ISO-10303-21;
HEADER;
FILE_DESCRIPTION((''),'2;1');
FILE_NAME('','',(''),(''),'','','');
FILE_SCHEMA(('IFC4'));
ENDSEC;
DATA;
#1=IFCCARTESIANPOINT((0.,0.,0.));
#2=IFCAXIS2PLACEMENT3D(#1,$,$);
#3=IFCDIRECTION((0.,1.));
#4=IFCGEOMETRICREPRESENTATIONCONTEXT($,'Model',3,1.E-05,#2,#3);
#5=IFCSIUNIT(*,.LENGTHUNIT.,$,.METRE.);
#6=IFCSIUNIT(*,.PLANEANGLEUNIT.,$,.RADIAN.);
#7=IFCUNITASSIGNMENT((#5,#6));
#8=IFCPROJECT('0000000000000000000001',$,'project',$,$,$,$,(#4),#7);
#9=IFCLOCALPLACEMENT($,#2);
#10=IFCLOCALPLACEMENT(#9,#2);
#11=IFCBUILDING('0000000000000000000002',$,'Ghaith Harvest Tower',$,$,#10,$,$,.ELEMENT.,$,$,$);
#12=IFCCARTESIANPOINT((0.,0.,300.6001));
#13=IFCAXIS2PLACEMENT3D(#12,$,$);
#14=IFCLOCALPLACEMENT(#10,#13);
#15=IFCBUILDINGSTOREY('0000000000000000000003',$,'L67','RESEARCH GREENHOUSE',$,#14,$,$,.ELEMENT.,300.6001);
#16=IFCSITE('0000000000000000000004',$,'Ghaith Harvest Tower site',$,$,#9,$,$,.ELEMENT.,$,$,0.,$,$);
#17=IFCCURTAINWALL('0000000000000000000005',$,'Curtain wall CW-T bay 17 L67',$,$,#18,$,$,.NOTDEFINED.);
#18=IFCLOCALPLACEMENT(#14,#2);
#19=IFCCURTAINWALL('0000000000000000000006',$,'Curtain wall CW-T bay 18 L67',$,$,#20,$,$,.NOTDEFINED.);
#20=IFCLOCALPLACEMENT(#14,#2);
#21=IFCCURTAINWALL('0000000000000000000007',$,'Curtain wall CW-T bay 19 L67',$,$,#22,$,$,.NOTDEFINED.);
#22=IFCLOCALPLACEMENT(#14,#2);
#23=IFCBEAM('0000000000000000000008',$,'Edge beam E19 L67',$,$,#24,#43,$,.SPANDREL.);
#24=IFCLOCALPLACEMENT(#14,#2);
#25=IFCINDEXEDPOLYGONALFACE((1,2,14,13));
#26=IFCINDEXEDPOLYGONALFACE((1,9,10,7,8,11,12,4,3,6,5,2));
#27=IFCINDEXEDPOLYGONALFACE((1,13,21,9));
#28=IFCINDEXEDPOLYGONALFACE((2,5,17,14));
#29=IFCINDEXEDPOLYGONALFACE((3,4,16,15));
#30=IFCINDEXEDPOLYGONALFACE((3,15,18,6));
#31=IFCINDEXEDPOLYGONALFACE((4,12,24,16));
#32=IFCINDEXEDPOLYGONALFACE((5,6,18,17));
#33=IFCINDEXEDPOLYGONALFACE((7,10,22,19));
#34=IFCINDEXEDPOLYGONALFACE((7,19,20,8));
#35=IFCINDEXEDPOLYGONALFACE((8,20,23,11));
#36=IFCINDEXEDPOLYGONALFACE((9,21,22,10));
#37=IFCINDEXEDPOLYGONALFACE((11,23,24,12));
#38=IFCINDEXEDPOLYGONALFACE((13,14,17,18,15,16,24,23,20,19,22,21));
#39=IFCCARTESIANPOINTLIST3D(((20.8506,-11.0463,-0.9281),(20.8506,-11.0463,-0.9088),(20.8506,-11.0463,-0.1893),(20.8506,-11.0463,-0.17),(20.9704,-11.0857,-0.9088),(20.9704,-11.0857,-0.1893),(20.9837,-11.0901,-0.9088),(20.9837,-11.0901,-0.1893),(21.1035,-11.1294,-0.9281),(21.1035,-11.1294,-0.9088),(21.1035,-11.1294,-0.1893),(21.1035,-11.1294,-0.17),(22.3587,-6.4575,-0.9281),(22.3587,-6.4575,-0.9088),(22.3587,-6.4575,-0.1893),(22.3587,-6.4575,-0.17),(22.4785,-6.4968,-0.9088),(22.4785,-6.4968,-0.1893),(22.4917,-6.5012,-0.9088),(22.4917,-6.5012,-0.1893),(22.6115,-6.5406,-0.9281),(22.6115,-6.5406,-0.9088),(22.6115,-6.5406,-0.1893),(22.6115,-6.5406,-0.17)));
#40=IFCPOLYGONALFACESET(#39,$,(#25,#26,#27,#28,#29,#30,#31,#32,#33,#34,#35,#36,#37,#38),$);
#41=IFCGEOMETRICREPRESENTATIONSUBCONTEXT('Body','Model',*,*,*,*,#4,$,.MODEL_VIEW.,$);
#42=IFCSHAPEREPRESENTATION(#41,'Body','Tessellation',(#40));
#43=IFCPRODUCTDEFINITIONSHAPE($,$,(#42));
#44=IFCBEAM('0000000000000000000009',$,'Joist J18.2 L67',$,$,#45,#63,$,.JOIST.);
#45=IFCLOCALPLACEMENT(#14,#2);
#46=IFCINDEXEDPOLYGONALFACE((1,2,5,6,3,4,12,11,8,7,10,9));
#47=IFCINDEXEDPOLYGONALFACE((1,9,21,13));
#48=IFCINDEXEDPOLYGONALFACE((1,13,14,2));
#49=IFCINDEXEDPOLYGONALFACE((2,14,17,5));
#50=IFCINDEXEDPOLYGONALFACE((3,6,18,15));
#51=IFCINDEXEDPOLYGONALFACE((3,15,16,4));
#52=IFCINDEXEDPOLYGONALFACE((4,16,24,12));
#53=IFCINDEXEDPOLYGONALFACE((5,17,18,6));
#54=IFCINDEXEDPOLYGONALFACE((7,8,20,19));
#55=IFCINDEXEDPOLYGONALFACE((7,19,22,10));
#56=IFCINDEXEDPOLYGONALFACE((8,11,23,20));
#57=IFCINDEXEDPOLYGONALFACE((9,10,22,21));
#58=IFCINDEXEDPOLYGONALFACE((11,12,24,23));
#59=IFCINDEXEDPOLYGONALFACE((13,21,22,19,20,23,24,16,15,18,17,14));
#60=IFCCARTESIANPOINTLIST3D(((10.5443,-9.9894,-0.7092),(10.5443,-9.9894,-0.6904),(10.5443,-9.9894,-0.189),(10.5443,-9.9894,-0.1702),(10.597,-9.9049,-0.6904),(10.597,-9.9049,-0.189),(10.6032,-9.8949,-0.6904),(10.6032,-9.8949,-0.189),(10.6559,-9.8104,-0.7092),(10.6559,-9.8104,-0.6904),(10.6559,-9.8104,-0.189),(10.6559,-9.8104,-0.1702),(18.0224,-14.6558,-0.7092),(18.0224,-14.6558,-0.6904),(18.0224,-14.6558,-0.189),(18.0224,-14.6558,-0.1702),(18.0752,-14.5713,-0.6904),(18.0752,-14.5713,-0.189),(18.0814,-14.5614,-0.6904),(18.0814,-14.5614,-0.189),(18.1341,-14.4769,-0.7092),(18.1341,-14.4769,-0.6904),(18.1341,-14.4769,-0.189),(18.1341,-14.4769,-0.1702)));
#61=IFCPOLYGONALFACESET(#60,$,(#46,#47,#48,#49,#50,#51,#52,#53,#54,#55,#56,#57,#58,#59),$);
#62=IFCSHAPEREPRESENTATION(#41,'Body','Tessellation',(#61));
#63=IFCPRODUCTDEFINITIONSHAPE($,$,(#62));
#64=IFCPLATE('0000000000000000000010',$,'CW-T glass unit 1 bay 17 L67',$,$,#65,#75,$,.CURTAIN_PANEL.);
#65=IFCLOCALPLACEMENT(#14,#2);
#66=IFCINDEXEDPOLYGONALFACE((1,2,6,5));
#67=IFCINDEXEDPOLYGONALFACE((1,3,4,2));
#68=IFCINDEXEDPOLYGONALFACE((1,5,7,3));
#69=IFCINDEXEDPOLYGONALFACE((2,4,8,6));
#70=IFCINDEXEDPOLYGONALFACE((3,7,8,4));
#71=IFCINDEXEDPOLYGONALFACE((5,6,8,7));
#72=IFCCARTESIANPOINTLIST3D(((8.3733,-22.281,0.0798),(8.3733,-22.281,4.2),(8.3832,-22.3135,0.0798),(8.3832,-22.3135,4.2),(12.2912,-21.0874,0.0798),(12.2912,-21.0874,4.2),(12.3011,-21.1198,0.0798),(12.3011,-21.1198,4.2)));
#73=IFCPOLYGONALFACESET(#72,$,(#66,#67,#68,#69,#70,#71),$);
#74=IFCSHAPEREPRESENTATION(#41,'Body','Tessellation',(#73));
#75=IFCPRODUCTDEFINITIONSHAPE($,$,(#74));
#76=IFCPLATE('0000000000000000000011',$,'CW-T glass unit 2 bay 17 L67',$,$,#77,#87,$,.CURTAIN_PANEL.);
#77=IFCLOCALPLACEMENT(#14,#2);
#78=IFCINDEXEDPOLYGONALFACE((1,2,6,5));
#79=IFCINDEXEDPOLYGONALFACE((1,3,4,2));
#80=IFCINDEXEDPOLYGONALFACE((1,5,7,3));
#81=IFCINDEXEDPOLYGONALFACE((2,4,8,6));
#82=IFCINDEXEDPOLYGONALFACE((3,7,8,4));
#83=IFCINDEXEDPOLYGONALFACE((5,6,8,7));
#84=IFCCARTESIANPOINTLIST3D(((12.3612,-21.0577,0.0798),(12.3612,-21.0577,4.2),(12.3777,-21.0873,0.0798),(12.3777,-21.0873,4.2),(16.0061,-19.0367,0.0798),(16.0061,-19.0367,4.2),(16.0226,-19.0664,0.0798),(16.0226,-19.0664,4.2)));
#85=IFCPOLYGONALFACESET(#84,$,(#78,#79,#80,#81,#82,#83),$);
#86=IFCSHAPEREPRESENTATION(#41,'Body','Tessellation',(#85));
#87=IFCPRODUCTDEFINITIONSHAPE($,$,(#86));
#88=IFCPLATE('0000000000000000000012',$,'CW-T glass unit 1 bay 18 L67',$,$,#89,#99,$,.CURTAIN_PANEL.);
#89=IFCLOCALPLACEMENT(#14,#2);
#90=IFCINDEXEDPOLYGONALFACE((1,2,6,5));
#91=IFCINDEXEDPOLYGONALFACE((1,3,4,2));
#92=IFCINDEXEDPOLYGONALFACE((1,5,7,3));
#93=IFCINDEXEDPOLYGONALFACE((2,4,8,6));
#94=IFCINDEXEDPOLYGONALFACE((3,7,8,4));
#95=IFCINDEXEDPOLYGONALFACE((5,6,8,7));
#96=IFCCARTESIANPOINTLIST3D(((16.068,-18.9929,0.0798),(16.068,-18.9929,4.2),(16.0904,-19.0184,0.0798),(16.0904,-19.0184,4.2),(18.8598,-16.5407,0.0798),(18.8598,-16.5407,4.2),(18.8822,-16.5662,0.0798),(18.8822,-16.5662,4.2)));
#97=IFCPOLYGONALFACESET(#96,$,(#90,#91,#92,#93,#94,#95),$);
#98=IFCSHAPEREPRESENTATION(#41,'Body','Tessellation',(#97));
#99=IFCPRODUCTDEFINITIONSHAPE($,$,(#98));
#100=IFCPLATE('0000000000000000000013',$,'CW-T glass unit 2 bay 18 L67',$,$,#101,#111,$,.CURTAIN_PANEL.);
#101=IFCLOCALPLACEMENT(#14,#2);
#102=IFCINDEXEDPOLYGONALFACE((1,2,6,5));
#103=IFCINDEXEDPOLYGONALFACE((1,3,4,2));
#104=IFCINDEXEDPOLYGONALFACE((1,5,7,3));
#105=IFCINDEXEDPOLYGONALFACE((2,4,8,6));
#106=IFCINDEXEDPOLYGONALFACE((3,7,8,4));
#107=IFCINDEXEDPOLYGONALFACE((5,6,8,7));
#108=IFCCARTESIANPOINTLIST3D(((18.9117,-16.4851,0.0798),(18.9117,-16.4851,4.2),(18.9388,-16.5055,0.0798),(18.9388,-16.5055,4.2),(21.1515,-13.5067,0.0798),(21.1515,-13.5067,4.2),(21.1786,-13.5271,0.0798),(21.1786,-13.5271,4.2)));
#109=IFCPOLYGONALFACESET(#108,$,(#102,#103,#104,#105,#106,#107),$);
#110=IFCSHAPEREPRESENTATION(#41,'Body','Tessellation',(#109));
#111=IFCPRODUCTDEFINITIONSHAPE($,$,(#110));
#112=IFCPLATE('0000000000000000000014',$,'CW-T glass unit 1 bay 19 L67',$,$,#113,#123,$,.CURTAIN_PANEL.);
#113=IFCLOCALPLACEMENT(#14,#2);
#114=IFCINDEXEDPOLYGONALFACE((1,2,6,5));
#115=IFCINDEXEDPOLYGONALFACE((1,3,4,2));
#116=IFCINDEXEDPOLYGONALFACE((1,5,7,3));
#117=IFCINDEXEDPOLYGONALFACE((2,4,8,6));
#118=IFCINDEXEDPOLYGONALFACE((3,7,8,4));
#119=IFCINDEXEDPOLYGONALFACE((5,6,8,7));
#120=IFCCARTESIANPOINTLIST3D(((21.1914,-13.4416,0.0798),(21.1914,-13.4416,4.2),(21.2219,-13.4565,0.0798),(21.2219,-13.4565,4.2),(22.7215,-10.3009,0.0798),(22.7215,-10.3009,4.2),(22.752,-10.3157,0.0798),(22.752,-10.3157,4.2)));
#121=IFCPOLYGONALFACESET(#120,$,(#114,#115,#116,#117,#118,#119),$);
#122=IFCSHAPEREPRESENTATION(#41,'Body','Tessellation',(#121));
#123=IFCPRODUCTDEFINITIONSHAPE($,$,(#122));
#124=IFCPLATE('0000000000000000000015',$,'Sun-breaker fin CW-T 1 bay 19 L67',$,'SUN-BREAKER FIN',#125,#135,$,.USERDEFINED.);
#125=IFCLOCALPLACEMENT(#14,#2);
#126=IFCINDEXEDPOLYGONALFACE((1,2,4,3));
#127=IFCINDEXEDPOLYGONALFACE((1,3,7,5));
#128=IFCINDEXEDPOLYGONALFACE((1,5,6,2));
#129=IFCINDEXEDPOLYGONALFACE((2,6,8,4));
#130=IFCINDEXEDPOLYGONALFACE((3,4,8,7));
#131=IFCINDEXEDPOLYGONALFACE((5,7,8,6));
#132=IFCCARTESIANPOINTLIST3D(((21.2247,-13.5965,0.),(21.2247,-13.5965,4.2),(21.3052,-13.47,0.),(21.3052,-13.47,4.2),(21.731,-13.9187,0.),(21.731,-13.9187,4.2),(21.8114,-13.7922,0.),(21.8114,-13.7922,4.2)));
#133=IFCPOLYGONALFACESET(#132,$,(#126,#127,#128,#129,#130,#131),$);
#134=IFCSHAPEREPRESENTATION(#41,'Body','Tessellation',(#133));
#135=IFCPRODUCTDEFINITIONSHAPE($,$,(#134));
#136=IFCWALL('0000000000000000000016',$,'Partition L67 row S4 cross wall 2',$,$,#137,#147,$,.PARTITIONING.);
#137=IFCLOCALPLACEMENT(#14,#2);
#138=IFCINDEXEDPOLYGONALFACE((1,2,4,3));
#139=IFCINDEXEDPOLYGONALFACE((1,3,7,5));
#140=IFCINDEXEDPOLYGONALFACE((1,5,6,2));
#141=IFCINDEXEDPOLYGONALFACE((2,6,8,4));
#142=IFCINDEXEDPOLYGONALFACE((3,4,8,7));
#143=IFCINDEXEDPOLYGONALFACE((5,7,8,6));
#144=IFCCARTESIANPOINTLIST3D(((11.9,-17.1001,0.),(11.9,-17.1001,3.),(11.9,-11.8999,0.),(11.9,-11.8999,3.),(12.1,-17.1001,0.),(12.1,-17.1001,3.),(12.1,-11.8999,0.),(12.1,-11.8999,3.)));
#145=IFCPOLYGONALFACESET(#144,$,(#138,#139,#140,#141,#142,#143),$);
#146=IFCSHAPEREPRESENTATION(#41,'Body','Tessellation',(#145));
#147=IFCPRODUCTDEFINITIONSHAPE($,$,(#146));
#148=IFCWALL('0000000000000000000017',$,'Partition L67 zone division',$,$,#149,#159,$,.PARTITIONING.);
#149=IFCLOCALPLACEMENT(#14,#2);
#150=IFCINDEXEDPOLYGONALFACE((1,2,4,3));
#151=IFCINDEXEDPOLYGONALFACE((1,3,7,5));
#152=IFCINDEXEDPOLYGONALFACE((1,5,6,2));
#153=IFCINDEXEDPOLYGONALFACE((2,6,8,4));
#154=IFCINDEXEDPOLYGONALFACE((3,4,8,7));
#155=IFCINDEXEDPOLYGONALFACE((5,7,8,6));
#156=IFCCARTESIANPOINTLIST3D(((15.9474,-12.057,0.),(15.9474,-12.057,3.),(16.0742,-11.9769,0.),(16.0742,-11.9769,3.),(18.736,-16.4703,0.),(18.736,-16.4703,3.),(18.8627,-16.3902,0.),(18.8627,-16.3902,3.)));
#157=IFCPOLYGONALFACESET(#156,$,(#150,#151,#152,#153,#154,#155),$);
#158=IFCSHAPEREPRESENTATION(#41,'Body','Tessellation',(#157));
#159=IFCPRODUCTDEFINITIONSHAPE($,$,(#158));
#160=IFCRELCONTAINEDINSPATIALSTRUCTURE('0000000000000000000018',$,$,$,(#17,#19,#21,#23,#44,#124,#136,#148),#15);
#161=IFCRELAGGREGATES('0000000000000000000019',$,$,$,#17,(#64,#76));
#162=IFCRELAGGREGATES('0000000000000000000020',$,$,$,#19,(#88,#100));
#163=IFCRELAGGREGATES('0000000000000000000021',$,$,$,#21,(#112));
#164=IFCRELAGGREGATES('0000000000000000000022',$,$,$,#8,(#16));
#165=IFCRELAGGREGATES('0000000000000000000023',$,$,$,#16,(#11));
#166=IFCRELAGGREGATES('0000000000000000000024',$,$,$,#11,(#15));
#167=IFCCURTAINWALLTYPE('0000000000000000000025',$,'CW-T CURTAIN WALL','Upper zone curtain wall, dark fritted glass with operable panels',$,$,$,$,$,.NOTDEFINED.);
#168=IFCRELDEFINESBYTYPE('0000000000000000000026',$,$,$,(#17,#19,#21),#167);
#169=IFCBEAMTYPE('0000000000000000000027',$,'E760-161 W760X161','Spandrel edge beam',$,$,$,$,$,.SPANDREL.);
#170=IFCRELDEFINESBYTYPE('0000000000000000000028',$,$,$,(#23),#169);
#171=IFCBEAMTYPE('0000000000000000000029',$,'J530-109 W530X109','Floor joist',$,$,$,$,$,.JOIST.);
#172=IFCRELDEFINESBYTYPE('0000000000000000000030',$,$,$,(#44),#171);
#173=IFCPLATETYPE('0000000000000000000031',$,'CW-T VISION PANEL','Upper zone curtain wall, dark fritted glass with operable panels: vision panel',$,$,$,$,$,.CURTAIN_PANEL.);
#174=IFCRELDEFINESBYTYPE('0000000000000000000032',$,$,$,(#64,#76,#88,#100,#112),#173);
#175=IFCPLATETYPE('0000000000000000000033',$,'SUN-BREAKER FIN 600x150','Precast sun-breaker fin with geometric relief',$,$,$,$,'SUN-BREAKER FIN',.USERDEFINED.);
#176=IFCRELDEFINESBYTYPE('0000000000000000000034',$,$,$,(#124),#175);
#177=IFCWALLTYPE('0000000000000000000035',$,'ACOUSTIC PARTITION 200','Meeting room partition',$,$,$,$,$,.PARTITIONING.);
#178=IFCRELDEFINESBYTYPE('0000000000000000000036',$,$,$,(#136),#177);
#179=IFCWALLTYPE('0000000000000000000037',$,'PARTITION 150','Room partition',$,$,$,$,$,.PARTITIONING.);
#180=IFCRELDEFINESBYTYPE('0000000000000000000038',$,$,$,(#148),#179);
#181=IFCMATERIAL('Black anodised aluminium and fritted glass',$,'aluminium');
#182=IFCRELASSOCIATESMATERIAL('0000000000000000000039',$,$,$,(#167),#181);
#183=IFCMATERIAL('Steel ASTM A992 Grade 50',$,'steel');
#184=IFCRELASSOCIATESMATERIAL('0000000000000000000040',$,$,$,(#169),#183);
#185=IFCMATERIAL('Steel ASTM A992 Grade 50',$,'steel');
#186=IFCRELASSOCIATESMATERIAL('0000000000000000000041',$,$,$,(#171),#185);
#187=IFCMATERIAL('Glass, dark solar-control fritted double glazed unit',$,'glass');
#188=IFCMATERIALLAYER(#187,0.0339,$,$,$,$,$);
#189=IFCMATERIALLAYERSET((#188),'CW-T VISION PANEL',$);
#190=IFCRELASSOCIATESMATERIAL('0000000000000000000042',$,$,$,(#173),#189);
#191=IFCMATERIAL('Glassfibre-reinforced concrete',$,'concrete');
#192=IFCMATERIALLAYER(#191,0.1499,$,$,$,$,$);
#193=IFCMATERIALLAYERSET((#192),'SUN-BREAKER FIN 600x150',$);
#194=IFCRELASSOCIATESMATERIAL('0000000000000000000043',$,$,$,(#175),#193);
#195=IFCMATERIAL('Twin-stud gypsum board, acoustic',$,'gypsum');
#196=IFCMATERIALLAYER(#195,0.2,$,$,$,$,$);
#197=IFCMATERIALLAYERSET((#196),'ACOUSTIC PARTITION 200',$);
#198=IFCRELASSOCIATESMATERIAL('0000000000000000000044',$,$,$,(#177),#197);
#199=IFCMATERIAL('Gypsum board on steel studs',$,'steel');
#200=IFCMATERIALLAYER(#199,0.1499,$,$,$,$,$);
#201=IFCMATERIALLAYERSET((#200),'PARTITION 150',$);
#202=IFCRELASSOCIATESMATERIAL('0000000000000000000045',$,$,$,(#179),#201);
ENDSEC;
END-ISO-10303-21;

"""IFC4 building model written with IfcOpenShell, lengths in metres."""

from ifc_helpers import new_model, si_unit, direction, frame, frame_2d, origin, origin_2d, place, context, subcontext, project, spatial, rectangle, i_section, extrude, material, layer, layer_set, material_profile, profile_set, type_object, element, aggregate, save


model = new_model("IFC4")

# Units and contexts
model_context = context("Model", 3, precision=1e-05, world=origin(), true_north=direction((0.0, 1.0)))
body_context = subcontext(model_context, "Body", "Model", "MODEL_VIEW")
ifc_project = project(units=[si_unit("LENGTHUNIT", "METRE"), si_unit("PLANEANGLEUNIT", "RADIAN")], contexts=[model_context])

# Site, building, storey
site_placement = place(None, origin())
site = spatial("IfcSite", under=ifc_project, at=site_placement, Name="Ghaith Harvest Tower site", CompositionType="ELEMENT", RefElevation=0.0)
building_placement = place(site_placement, origin())
building = spatial("IfcBuilding", under=site, at=building_placement, Name="Ghaith Harvest Tower", CompositionType="ELEMENT")
storey_placement = place(building_placement, frame((0.0, 0.0, 300.6001)))
storey = spatial("IfcBuildingStorey", under=building, at=storey_placement, Name="L67", Description="RESEARCH GREENHOUSE", CompositionType="ELEMENT", Elevation=300.6001)

# Curtain wall
ifc_material_1 = material(Name="Black anodised aluminium and fritted glass", Category="aluminium")
curtain_wall_type = type_object("IfcCurtainWallType", Name="CW-T CURTAIN WALL", Description="Upper zone curtain wall, dark fritted glass with operable panels", PredefinedType="NOTDEFINED", material=ifc_material_1)
curtain_wall_1_placement = place(storey_placement, origin())
curtain_wall_1 = element("IfcCurtainWall", 1, at=curtain_wall_1_placement, inside=storey, type_object=curtain_wall_type, Name="Curtain wall CW-T bay 17 L67", PredefinedType="NOTDEFINED")

# Curtain walls
curtain_wall_2_placement = place(storey_placement, origin())
curtain_wall_2 = element("IfcCurtainWall", 2, at=curtain_wall_2_placement, inside=storey, type_object=curtain_wall_type, Name="Curtain wall CW-T bay 18 L67", PredefinedType="NOTDEFINED")
curtain_wall_3_placement = place(storey_placement, origin())
curtain_wall_3 = element("IfcCurtainWall", 3, at=curtain_wall_3_placement, inside=storey, type_object=curtain_wall_type, Name="Curtain wall CW-T bay 19 L67", PredefinedType="NOTDEFINED")

# Beams
ifc_material_2 = material(Name="Steel ASTM A992 Grade 50", Category="steel")
ifc_material_profile_1 = material_profile(ifc_material_2, i_section(OverallWidth=0.2661, OverallDepth=0.7581, WebThickness=0.0139, FlangeThickness=0.0193, at=origin_2d()), Name="W760X161")
ifc_profile_set_1 = profile_set([ifc_material_profile_1], Name="Steel ASTM A992 Grade 50")
beam_type_1 = type_object("IfcBeamType", Name="E760-161 W760X161", Description="Spandrel edge beam", PredefinedType="SPANDREL", material=ifc_profile_set_1)
beam_1_placement = place(storey_placement, frame((20.9771, -11.0879, -0.5491), z_axis=(0.312207, 0.950014, 0.0), x_axis=(-0.950014, 0.312207, 0.0)))
element("IfcBeam", 4, at=beam_1_placement, inside=storey, type_object=beam_type_1, Name="Edge beam E19 L67", PredefinedType="SPANDREL", context=body_context, shape_type="SweptSolid", body=[
    extrude(i_section(OverallWidth=0.2661, OverallDepth=0.7581, WebThickness=0.0139, FlangeThickness=0.0193, at=origin_2d()), origin(), (0.0, 0.0, 1.0), 4.8303),
])
ifc_material_3 = material(Name="Steel ASTM A992 Grade 50", Category="steel")
ifc_material_profile_2 = material_profile(ifc_material_3, i_section(OverallWidth=0.2109, OverallDepth=0.5391, WebThickness=0.0117, FlangeThickness=0.0188, at=origin_2d()), Name="W530X109")
ifc_profile_set_2 = profile_set([ifc_material_profile_2], Name="Steel ASTM A992 Grade 50")
beam_type_2 = type_object("IfcBeamType", Name="J530-109 W530X109", Description="Floor joist", PredefinedType="JOIST", material=ifc_profile_set_2)
beam_2_placement = place(storey_placement, frame((10.6001, -9.8999, -0.4397), z_axis=(0.848376, -0.529394, 0.0), x_axis=(0.529394, 0.848376, 0.0)))
element("IfcBeam", 5, at=beam_2_placement, inside=storey, type_object=beam_type_2, Name="Joist J18.2 L67", PredefinedType="JOIST", context=body_context, shape_type="SweptSolid", body=[
    extrude(i_section(OverallWidth=0.2109, OverallDepth=0.5391, WebThickness=0.0117, FlangeThickness=0.0188, at=origin_2d()), origin(), (0.0, 0.0, 1.0), 8.8147),
])

# Plates
ifc_material_4 = material(Name="Glass, dark solar-control fritted double glazed unit", Category="glass")
ifc_layer_1 = layer(ifc_material_4, 0.0339)
ifc_layer_set_1 = layer_set([ifc_layer_1], Name="CW-T VISION PANEL")
plate_type_1 = type_object("IfcPlateType", Name="CW-T VISION PANEL", Description="Upper zone curtain wall, dark fritted glass with operable panels: vision panel", PredefinedType="CURTAIN_PANEL", material=ifc_layer_set_1)
plate_1_placement = place(storey_placement, frame((10.3372, -21.7004, 0.0798), z_axis=(0.0, 0.0, 1.0), x_axis=(0.956588, 0.291445, 0.0)))
plate_1 = element("IfcPlate", 6, at=plate_1_placement, type_object=plate_type_1, Name="CW-T glass unit 1 bay 17 L67", PredefinedType="CURTAIN_PANEL", context=body_context, shape_type="SweptSolid", body=[
    extrude(rectangle(XDim=4.0957, YDim=0.0339, at=origin_2d()), origin(), (0.0, 0.0, 1.0), 4.1201),
])
plate_2_placement = place(storey_placement, frame((14.1919, -20.062, 0.0798), z_axis=(0.0, 0.0, 1.0), x_axis=(0.874564, 0.48491, 0.0)))
plate_2 = element("IfcPlate", 7, at=plate_2_placement, type_object=plate_type_1, Name="CW-T glass unit 2 bay 17 L67", PredefinedType="CURTAIN_PANEL", context=body_context, shape_type="SweptSolid", body=[
    extrude(rectangle(XDim=4.1677, YDim=0.0339, at=origin_2d()), origin(), (0.0, 0.0, 1.0), 4.1201),
])
aggregate(curtain_wall_1, [plate_1, plate_2])
plate_3_placement = place(storey_placement, frame((17.4751, -17.7795, 0.0798), z_axis=(0.0, 0.0, 1.0), x_axis=(0.751335, 0.659922, 0.0)))
plate_3 = element("IfcPlate", 8, at=plate_3_placement, type_object=plate_type_1, Name="CW-T glass unit 1 bay 18 L67", PredefinedType="CURTAIN_PANEL", context=body_context, shape_type="SweptSolid", body=[
    extrude(rectangle(XDim=3.7158, YDim=0.0339, at=origin_2d()), origin(), (0.0, 0.0, 1.0), 4.1201),
])
plate_4_placement = place(storey_placement, frame((20.0452, -15.0061, 0.0798), z_axis=(0.0, 0.0, 1.0), x_axis=(0.601048, 0.799213, 0.0)))
plate_4 = element("IfcPlate", 9, at=plate_4_placement, type_object=plate_type_1, Name="CW-T glass unit 2 bay 18 L67", PredefinedType="CURTAIN_PANEL", context=body_context, shape_type="SweptSolid", body=[
    extrude(rectangle(XDim=3.7266, YDim=0.0339, at=origin_2d()), origin(), (0.0, 0.0, 1.0), 4.1201),
])
aggregate(curtain_wall_2, [plate_3, plate_4])
plate_5_placement = place(storey_placement, frame((21.9717, -11.8787, 0.0798), z_axis=(0.0, 0.0, 1.0), x_axis=(0.437968, 0.89899, 0.0)))
plate_5 = element("IfcPlate", 10, at=plate_5_placement, type_object=plate_type_1, Name="CW-T glass unit 1 bay 19 L67", PredefinedType="CURTAIN_PANEL", context=body_context, shape_type="SweptSolid", body=[
    extrude(rectangle(XDim=3.4937, YDim=0.0339, at=origin_2d()), origin(), (0.0, 0.0, 1.0), 4.1201),
])
aggregate(curtain_wall_3, [plate_5])
ifc_material_5 = material(Name="Glassfibre-reinforced concrete", Category="concrete")
ifc_layer_2 = layer(ifc_material_5, 0.1499)
ifc_layer_set_2 = layer_set([ifc_layer_2], Name="SUN-BREAKER FIN 600x150")
plate_type_2 = type_object("IfcPlateType", Name="SUN-BREAKER FIN 600x150", Description="Precast sun-breaker fin with geometric relief", ElementType="SUN-BREAKER FIN", PredefinedType="USERDEFINED", material=ifc_layer_set_2)
plate_6_placement = place(storey_placement, frame((21.5181, -13.6943, 0.0), z_axis=(0.0, 0.0, 1.0), x_axis=(0.843644, -0.536903, 0.0)))
element("IfcPlate", 11, at=plate_6_placement, inside=storey, type_object=plate_type_2, Name="Sun-breaker fin CW-T 1 bay 19 L67", ObjectType="SUN-BREAKER FIN", PredefinedType="USERDEFINED", context=body_context, shape_type="SweptSolid", body=[
    extrude(rectangle(XDim=0.6001, YDim=0.1499, at=origin_2d()), origin(), (0.0, 0.0, 1.0), 4.2),
])

# Walls
ifc_material_6 = material(Name="Twin-stud gypsum board, acoustic", Category="gypsum")
ifc_layer_3 = layer(ifc_material_6, 0.2)
ifc_layer_set_3 = layer_set([ifc_layer_3], Name="ACOUSTIC PARTITION 200")
wall_type_1 = type_object("IfcWallType", Name="ACOUSTIC PARTITION 200", Description="Meeting room partition", PredefinedType="PARTITIONING", material=ifc_layer_set_3)
wall_1_placement = place(storey_placement, frame((12.0, -11.8999, 0.0), z_axis=(0.0, 0.0, 1.0), x_axis=(0.0, -1.0, 0.0)))
element("IfcWall", 12, at=wall_1_placement, inside=storey, type_object=wall_type_1, Name="Partition L67 row S4 cross wall 2", PredefinedType="PARTITIONING", context=body_context, shape_type="SweptSolid", body=[
    extrude(rectangle(XDim=5.2002, YDim=0.2, at=frame_2d((2.6001, 0.0))), origin(), (0.0, 0.0, 1.0), 3.0),
])
ifc_material_7 = material(Name="Gypsum board on steel studs", Category="steel")
ifc_layer_4 = layer(ifc_material_7, 0.1499)
ifc_layer_set_4 = layer_set([ifc_layer_4], Name="PARTITION 150")
wall_type_2 = type_object("IfcWallType", Name="PARTITION 150", Description="Room partition", PredefinedType="PARTITIONING", material=ifc_layer_set_4)
wall_2_placement = place(storey_placement, frame((16.0107, -12.0168, 0.0), z_axis=(0.0, 0.0, 1.0), x_axis=(0.534158, -0.845384, 0.0)))
element("IfcWall", 13, at=wall_2_placement, inside=storey, type_object=wall_type_2, Name="Partition L67 zone division", PredefinedType="PARTITIONING", context=body_context, shape_type="SweptSolid", body=[
    extrude(rectangle(XDim=5.2205, YDim=0.1499, at=frame_2d((2.6104, 0.0))), origin(), (0.0, 0.0, 1.0), 3.0),
])

save(model, "model.ifc")
